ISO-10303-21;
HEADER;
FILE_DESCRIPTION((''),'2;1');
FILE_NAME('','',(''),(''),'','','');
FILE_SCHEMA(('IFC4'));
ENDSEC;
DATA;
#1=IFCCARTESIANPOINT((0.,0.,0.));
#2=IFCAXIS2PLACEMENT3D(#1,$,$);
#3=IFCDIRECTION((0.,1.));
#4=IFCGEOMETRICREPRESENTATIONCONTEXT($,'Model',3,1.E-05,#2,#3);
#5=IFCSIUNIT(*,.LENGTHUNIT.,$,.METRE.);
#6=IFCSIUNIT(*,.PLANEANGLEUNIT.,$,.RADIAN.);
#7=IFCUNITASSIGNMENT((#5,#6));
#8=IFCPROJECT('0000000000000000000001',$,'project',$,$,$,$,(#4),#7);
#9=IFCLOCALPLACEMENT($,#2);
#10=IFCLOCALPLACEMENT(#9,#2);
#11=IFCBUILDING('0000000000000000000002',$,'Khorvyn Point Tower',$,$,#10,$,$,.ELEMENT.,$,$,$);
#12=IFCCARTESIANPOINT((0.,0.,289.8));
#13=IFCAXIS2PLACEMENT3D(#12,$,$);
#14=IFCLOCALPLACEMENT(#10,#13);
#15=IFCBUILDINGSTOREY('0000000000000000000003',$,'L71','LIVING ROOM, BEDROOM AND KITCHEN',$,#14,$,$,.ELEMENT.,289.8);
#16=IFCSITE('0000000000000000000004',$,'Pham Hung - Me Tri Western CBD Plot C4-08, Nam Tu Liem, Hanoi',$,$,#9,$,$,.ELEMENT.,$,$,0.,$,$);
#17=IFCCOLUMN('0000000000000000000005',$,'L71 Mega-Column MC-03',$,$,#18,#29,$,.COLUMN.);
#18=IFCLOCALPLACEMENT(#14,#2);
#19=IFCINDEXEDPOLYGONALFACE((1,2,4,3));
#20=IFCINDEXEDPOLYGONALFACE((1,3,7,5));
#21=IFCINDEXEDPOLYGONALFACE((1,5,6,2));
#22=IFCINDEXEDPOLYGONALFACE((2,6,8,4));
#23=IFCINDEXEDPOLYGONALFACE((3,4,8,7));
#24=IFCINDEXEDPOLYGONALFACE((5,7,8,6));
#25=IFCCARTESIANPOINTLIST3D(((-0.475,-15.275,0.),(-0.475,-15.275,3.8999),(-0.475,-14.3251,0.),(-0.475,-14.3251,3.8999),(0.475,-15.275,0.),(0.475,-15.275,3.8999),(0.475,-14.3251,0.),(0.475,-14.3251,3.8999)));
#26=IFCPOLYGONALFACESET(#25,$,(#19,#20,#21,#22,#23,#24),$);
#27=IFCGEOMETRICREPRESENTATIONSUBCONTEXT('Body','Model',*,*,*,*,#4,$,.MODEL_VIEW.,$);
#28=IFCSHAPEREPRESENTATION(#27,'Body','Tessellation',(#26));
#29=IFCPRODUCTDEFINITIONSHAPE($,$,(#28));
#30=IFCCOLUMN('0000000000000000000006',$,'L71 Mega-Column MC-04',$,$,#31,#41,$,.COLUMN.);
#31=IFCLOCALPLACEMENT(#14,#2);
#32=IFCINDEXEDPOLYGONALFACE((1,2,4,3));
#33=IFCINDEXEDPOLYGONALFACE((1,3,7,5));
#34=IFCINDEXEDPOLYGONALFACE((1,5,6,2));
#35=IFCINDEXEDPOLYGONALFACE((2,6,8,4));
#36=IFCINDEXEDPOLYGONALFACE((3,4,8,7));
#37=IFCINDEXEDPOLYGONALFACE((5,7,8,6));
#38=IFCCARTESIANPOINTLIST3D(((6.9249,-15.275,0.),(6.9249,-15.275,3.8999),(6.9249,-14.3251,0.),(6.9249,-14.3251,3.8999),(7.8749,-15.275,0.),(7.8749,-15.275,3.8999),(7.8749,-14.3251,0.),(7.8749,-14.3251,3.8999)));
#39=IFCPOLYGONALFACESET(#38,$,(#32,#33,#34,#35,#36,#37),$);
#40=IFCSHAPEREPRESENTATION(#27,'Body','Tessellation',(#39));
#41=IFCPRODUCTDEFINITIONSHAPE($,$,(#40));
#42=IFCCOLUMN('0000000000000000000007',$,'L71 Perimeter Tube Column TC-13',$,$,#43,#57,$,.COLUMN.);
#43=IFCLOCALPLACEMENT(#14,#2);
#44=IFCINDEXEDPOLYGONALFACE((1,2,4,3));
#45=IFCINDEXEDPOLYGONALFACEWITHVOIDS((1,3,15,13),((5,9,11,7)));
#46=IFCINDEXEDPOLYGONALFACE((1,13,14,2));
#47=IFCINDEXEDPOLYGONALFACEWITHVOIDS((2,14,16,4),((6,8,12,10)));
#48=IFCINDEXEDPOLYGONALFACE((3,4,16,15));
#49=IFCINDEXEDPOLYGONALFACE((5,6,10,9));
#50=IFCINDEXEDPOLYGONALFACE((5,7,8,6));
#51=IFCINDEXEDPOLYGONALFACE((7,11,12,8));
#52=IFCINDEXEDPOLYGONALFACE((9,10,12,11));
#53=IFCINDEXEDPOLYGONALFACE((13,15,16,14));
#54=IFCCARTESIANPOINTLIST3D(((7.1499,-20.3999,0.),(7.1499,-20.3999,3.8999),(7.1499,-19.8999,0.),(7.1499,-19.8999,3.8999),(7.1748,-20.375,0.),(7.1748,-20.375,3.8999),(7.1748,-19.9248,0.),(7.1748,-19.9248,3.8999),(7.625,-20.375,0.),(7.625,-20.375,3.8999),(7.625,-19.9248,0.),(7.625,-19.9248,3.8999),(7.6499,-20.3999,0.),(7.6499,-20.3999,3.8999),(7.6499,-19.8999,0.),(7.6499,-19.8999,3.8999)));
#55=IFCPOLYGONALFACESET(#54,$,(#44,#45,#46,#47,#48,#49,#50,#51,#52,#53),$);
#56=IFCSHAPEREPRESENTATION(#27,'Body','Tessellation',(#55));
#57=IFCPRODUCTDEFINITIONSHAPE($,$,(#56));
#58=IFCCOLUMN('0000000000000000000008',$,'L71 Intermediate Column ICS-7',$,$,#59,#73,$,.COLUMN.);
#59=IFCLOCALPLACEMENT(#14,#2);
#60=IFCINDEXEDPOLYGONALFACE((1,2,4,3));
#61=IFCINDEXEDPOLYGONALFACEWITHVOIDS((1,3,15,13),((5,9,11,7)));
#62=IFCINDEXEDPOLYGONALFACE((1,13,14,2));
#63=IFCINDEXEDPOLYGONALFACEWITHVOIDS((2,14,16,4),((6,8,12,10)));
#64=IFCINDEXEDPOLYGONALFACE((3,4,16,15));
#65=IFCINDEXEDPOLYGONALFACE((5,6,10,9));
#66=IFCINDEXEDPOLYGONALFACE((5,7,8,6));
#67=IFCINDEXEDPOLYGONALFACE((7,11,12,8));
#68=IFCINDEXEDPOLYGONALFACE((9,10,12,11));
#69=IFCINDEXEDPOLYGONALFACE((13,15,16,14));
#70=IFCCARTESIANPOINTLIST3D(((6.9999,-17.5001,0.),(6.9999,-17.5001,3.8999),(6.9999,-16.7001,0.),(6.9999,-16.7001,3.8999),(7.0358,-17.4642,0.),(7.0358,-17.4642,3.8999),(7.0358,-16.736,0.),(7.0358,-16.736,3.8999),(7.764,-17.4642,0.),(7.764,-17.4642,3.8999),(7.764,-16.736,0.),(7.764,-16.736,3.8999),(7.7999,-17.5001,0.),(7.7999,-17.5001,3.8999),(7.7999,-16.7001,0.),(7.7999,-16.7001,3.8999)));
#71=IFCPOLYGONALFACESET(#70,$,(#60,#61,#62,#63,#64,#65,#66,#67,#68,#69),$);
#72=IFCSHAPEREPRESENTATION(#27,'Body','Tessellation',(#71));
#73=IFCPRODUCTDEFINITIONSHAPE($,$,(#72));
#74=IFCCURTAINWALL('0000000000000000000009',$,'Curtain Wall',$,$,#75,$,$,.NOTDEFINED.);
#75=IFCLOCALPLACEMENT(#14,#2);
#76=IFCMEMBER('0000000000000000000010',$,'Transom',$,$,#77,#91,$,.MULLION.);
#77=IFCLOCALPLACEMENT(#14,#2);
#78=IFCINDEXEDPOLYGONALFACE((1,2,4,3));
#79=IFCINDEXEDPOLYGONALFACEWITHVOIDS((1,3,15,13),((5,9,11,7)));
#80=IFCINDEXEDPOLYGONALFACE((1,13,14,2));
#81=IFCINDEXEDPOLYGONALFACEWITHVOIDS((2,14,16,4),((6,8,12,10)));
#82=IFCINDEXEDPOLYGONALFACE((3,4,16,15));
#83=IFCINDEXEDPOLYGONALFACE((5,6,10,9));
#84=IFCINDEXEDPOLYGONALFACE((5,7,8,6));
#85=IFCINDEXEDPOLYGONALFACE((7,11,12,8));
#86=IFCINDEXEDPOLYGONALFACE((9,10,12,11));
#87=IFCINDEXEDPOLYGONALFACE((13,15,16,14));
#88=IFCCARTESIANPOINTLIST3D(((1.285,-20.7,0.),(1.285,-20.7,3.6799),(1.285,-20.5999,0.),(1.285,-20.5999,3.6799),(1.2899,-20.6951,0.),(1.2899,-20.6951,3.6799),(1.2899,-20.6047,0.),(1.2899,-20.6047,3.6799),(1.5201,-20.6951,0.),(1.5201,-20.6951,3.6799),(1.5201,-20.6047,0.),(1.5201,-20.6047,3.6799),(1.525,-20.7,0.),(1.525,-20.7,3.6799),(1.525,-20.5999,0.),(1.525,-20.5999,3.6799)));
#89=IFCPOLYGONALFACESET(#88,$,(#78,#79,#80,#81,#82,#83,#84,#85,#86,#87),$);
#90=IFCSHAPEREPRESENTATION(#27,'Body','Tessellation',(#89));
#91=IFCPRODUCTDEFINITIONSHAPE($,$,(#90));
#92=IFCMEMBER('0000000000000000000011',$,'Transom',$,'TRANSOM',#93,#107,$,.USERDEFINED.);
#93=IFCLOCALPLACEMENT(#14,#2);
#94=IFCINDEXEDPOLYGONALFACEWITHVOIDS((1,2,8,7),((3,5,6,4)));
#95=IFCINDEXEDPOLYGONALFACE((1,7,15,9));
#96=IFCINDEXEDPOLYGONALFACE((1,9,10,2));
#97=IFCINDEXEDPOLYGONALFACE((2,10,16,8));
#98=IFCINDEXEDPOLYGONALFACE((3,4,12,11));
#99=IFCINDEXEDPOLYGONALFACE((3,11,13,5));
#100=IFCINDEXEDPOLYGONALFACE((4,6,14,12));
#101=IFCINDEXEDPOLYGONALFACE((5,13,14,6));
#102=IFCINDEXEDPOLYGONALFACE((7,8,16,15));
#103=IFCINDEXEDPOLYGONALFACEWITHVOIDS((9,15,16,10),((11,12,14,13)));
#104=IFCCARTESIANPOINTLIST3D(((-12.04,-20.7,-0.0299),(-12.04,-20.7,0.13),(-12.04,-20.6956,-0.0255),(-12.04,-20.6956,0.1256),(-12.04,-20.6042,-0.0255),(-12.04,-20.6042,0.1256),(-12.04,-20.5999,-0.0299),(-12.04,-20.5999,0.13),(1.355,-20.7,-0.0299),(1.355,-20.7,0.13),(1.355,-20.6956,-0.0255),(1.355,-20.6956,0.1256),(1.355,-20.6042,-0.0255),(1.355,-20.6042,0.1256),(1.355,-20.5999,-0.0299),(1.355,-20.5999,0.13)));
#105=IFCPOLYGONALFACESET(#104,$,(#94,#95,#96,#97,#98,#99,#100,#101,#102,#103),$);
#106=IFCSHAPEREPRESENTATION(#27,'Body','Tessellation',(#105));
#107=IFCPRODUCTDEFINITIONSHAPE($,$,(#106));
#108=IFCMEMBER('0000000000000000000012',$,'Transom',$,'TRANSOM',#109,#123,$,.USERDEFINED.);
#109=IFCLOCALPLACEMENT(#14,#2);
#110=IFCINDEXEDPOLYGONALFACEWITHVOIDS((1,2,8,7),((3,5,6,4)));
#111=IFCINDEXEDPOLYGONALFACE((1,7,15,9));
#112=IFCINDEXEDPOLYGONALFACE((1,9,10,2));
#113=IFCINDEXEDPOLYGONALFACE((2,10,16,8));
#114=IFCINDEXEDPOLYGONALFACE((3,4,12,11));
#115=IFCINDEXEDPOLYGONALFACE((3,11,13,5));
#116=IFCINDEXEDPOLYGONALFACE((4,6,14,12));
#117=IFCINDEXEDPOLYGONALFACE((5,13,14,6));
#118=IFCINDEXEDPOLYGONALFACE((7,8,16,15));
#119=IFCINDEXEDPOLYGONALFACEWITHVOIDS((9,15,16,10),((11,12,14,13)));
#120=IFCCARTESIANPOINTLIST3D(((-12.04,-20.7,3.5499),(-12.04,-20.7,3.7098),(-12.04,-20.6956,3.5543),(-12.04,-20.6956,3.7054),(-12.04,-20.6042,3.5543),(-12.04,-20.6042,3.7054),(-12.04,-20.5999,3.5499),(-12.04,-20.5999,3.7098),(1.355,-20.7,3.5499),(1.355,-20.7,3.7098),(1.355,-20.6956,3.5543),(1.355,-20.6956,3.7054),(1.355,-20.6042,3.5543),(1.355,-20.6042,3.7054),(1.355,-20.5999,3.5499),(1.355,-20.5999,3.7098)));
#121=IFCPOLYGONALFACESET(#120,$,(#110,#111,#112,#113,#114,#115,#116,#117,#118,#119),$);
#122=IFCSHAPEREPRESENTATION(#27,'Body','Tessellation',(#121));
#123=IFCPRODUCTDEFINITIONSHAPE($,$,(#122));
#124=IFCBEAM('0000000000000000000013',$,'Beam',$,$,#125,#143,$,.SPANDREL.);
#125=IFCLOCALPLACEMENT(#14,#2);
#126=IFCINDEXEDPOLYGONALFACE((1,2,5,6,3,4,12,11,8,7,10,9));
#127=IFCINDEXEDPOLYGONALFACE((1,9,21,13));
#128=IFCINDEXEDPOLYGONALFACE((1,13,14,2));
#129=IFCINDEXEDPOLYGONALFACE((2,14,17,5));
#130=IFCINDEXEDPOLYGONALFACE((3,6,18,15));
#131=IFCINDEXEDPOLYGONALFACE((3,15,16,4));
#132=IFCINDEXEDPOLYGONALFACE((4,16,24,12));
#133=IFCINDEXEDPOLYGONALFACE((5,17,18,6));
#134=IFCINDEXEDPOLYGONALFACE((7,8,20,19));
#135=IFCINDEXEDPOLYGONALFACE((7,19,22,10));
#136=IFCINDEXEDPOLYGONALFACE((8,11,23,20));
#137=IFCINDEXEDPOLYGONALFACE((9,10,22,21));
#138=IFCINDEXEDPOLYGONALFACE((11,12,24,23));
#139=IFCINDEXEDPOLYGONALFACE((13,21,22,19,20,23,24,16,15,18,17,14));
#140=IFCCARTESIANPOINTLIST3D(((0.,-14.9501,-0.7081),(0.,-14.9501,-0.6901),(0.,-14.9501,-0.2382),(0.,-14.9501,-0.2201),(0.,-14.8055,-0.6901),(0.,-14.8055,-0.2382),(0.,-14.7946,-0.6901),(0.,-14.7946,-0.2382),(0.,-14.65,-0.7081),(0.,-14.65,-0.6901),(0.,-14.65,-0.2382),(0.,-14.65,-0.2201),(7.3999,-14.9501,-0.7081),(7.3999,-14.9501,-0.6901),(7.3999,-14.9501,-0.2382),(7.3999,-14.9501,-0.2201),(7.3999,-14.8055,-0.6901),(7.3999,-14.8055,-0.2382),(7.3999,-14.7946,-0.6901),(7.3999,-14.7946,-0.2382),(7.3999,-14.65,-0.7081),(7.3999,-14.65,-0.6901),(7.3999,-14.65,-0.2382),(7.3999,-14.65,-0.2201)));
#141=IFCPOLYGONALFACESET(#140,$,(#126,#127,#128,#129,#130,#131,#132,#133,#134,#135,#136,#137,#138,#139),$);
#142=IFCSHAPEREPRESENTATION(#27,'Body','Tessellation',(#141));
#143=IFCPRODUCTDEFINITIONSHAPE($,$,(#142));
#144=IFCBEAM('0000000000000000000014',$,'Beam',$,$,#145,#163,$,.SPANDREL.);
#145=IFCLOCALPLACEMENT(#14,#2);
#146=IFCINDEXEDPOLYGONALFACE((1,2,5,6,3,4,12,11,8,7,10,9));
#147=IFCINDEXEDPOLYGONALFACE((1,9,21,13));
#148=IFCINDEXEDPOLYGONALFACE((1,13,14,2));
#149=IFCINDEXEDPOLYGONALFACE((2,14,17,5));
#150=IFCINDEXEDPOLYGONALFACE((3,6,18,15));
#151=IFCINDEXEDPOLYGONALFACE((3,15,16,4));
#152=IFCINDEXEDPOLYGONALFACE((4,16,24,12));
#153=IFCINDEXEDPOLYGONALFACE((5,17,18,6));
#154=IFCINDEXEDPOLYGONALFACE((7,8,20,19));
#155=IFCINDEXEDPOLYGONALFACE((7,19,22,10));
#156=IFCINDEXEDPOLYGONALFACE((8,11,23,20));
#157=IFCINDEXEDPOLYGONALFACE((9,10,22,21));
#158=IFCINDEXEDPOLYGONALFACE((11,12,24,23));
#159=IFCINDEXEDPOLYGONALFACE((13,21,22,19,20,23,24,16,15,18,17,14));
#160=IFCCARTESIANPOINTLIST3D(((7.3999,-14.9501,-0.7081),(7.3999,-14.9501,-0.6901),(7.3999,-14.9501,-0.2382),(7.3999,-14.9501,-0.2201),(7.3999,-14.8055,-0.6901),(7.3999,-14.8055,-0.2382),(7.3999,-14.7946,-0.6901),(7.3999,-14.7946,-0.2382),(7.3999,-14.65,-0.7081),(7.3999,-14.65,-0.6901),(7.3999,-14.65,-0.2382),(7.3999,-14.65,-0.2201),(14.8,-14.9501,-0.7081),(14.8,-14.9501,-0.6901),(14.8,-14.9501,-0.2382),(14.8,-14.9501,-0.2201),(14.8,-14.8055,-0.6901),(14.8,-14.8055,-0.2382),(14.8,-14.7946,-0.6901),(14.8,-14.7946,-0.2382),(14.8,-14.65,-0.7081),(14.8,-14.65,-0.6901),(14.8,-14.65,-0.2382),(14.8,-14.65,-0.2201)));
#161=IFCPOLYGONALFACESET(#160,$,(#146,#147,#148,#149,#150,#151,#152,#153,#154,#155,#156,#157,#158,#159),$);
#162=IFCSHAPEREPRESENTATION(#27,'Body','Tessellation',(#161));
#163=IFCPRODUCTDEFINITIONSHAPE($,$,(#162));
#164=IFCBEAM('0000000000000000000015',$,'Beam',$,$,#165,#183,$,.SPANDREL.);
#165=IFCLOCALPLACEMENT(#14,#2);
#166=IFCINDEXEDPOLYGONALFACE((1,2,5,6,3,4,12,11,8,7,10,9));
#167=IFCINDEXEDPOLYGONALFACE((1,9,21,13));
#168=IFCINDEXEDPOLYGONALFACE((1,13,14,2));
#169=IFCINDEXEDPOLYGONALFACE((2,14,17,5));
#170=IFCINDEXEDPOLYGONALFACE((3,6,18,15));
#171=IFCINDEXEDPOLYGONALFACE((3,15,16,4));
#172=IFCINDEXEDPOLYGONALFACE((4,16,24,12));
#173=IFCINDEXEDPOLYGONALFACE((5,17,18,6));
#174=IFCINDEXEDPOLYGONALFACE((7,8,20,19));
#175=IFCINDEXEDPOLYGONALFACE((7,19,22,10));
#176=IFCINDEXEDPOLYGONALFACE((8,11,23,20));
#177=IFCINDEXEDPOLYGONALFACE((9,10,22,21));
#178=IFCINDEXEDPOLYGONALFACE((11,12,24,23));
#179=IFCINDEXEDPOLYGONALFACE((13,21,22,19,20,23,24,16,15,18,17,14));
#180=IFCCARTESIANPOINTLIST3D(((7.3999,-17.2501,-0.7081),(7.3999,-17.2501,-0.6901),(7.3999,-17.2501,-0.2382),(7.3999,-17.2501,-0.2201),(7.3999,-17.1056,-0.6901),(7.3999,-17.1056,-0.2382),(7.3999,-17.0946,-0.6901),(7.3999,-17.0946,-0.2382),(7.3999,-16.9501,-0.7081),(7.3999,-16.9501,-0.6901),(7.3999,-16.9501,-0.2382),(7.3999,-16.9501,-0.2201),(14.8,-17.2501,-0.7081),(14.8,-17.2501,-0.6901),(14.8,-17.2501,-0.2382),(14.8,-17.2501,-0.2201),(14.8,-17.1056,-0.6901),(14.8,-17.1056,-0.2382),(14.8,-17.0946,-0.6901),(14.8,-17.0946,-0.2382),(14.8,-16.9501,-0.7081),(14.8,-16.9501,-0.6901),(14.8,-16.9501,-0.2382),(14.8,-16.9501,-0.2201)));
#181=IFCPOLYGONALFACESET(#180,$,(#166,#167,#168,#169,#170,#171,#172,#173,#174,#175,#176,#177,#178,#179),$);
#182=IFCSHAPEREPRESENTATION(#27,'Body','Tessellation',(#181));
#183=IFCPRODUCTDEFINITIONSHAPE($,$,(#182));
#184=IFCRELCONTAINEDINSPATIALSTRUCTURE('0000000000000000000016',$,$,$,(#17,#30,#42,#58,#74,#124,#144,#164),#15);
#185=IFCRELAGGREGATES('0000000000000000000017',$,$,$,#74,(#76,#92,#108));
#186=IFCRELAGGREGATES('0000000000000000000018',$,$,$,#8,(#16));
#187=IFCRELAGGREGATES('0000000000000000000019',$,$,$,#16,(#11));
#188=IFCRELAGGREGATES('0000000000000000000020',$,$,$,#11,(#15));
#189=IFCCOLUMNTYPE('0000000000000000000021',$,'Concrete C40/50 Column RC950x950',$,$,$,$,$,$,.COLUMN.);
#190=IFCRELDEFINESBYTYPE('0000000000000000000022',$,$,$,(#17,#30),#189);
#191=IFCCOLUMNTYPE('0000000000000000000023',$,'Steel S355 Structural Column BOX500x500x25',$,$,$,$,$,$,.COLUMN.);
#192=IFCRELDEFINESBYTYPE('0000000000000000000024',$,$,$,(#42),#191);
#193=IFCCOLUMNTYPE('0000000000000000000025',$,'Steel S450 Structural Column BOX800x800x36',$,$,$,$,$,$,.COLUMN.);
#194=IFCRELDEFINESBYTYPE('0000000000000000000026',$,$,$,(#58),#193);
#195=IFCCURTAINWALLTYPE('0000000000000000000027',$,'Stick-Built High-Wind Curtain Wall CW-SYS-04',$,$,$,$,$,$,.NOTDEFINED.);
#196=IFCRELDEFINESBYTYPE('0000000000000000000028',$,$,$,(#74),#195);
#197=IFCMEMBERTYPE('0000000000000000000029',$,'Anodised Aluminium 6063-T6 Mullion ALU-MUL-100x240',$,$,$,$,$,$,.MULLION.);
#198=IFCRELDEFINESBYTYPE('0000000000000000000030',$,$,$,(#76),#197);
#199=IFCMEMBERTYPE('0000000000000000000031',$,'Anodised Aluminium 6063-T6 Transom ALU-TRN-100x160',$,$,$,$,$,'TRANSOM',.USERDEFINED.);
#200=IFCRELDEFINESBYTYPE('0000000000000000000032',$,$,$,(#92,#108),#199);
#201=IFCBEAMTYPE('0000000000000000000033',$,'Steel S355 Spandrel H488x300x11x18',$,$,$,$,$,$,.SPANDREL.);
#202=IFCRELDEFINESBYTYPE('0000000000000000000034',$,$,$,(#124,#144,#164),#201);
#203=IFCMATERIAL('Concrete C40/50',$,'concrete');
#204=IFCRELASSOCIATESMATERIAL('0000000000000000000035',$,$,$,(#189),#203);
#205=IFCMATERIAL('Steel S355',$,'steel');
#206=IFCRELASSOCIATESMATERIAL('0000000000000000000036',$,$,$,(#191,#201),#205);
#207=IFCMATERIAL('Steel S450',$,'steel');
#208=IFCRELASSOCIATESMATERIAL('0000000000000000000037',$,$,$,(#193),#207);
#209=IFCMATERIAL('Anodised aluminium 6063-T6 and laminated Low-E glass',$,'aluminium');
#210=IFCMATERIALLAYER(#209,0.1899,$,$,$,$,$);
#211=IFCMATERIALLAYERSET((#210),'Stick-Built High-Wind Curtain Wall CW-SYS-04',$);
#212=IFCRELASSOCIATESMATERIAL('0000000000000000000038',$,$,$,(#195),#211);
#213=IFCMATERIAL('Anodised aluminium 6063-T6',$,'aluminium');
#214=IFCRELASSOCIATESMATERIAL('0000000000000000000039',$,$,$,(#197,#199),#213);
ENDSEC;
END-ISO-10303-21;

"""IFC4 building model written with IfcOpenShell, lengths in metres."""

from ifc_helpers import new_model, si_unit, direction, frame, origin, origin_2d, place, context, subcontext, project, spatial, rectangle, hollow_rectangle, i_section, extrude, material, layer, layer_set, material_profile, profile_set, type_object, element, aggregate, save


model = new_model("IFC4")

# Units and contexts
model_context = context("Model", 3, precision=1e-05, world=origin(), true_north=direction((0.0, 1.0)))
body_context = subcontext(model_context, "Body", "Model", "MODEL_VIEW")
ifc_project = project(units=[si_unit("LENGTHUNIT", "METRE"), si_unit("PLANEANGLEUNIT", "RADIAN")], contexts=[model_context])

# Site, building, storey
site_placement = place(None, origin())
site = spatial("IfcSite", under=ifc_project, at=site_placement, Name="Pham Hung - Me Tri Western CBD Plot C4-08, Nam Tu Liem, Hanoi", CompositionType="ELEMENT", RefElevation=0.0)
building_placement = place(site_placement, origin())
building = spatial("IfcBuilding", under=site, at=building_placement, Name="Khorvyn Point Tower", CompositionType="ELEMENT")
storey_placement = place(building_placement, frame((0.0, 0.0, 289.8)))
storey = spatial("IfcBuildingStorey", under=building, at=storey_placement, Name="L71", Description="LIVING ROOM, BEDROOM AND KITCHEN", CompositionType="ELEMENT", Elevation=289.8)

# Columns
ifc_material_1 = material(Name="Concrete C40/50", Category="concrete")
ifc_material_profile_1 = material_profile(ifc_material_1, rectangle(XDim=0.95, YDim=0.95, at=origin_2d()))
ifc_profile_set_1 = profile_set([ifc_material_profile_1], Name="Concrete C40/50 RC950x950")
column_type_1 = type_object("IfcColumnType", Name="Concrete C40/50 Column RC950x950", PredefinedType="COLUMN", material=ifc_profile_set_1)
for number, where, z_axis, x_axis, name in (
    (1, (0.0, -14.8, 0.0), (0.0, 0.0, 1.0), (1.0, 0.0, 0.0), "L71 Mega-Column MC-03"),
    (2, (7.3999, -14.8, 0.0), (0.0, 0.0, 1.0), (1.0, 0.0, 0.0), "L71 Mega-Column MC-04"),
):
    element("IfcColumn", number, at=place(storey_placement, frame(where, z_axis=z_axis, x_axis=x_axis)), inside=storey, type_object=column_type_1, Name=name, PredefinedType="COLUMN", context=body_context, shape_type="SweptSolid", body=[
        extrude(rectangle(XDim=0.95, YDim=0.95, at=origin_2d()), origin(), (0.0, 0.0, 1.0), 3.8999),
    ])
ifc_material_2 = material(Name="Steel S355", Category="steel")
ifc_material_profile_2 = material_profile(ifc_material_2, hollow_rectangle(XDim=0.5, YDim=0.5, WallThickness=0.0249, at=origin_2d()))
ifc_profile_set_2 = profile_set([ifc_material_profile_2], Name="Steel S355 BOX500x500x25")
column_type_2 = type_object("IfcColumnType", Name="Steel S355 Structural Column BOX500x500x25", PredefinedType="COLUMN", material=ifc_profile_set_2)
column_1_placement = place(storey_placement, frame((7.3999, -20.1499, 0.0), z_axis=(0.0, 0.0, 1.0), x_axis=(1.0, 0.0, 0.0)))
element("IfcColumn", 3, at=column_1_placement, inside=storey, type_object=column_type_2, Name="L71 Perimeter Tube Column TC-13", PredefinedType="COLUMN", context=body_context, shape_type="SweptSolid", body=[
    extrude(hollow_rectangle(XDim=0.5, YDim=0.5, WallThickness=0.0249, at=origin_2d()), origin(), (0.0, 0.0, 1.0), 3.8999),
])
ifc_material_3 = material(Name="Steel S450", Category="steel")
ifc_material_profile_3 = material_profile(ifc_material_3, hollow_rectangle(XDim=0.8, YDim=0.8, WallThickness=0.0359, at=origin_2d()))
ifc_profile_set_3 = profile_set([ifc_material_profile_3], Name="Steel S450 BOX800x800x36")
column_type_3 = type_object("IfcColumnType", Name="Steel S450 Structural Column BOX800x800x36", PredefinedType="COLUMN", material=ifc_profile_set_3)
column_2_placement = place(storey_placement, frame((7.3999, -17.1001, 0.0), z_axis=(0.0, 0.0, 1.0), x_axis=(1.0, 0.0, 0.0)))
element("IfcColumn", 4, at=column_2_placement, inside=storey, type_object=column_type_3, Name="L71 Intermediate Column ICS-7", PredefinedType="COLUMN", context=body_context, shape_type="SweptSolid", body=[
    extrude(hollow_rectangle(XDim=0.8, YDim=0.8, WallThickness=0.0359, at=origin_2d()), origin(), (0.0, 0.0, 1.0), 3.8999),
])

# Curtain wall, members
ifc_material_4 = material(Name="Anodised aluminium 6063-T6 and laminated Low-E glass", Category="aluminium")
ifc_layer_1 = layer(ifc_material_4, 0.1899)
ifc_layer_set_1 = layer_set([ifc_layer_1], Name="Stick-Built High-Wind Curtain Wall CW-SYS-04")
curtain_wall_type = type_object("IfcCurtainWallType", Name="Stick-Built High-Wind Curtain Wall CW-SYS-04", PredefinedType="NOTDEFINED", material=ifc_layer_set_1)
curtain_wall_placement = place(storey_placement, origin())
curtain_wall = element("IfcCurtainWall", 5, at=curtain_wall_placement, inside=storey, type_object=curtain_wall_type, Name="Curtain Wall", PredefinedType="NOTDEFINED")
ifc_material_5 = material(Name="Anodised aluminium 6063-T6", Category="aluminium")
ifc_material_profile_4 = material_profile(ifc_material_5, hollow_rectangle(XDim=0.1001, YDim=0.24, WallThickness=0.0049, at=origin_2d()))
ifc_profile_set_4 = profile_set([ifc_material_profile_4], Name="Anodised aluminium 6063-T6 ALU-MUL-100x240")
member_type_1 = type_object("IfcMemberType", Name="Anodised Aluminium 6063-T6 Mullion ALU-MUL-100x240", PredefinedType="MULLION", material=ifc_profile_set_4)
member_1_placement = place(storey_placement, frame((1.405, -20.6499, 0.0), z_axis=(0.0, 0.0, 1.0), x_axis=(0.0, -1.0, 0.0)))
member_1 = element("IfcMember", 6, at=member_1_placement, type_object=member_type_1, Name="Transom", PredefinedType="MULLION", context=body_context, shape_type="SweptSolid", body=[
    extrude(hollow_rectangle(XDim=0.1001, YDim=0.24, WallThickness=0.0049, at=origin_2d()), origin(), (0.0, 0.0, 1.0), 3.6799),
])
ifc_material_profile_5 = material_profile(ifc_material_5, hollow_rectangle(XDim=0.1001, YDim=0.1599, WallThickness=0.0044, at=origin_2d()))
ifc_profile_set_5 = profile_set([ifc_material_profile_5], Name="Anodised aluminium 6063-T6 ALU-TRN-100x160")
member_type_2 = type_object("IfcMemberType", Name="Anodised Aluminium 6063-T6 Transom ALU-TRN-100x160", ElementType="TRANSOM", PredefinedType="USERDEFINED", material=ifc_profile_set_5)
member_2_placement = place(storey_placement, frame((1.355, -20.6499, 0.05), z_axis=(-1.0, 0.0, 0.0), x_axis=(0.0, -1.0, 0.0)))
member_2 = element("IfcMember", 7, at=member_2_placement, type_object=member_type_2, Name="Transom", ObjectType="TRANSOM", PredefinedType="USERDEFINED", context=body_context, shape_type="SweptSolid", body=[
    extrude(hollow_rectangle(XDim=0.1001, YDim=0.1599, WallThickness=0.0044, at=origin_2d()), origin(), (0.0, 0.0, 1.0), 13.395),
])
member_3_placement = place(storey_placement, frame((1.355, -20.6499, 3.6299), z_axis=(-1.0, 0.0, 0.0), x_axis=(0.0, -1.0, 0.0)))
member_3 = element("IfcMember", 8, at=member_3_placement, type_object=member_type_2, Name="Transom", ObjectType="TRANSOM", PredefinedType="USERDEFINED", context=body_context, shape_type="SweptSolid", body=[
    extrude(hollow_rectangle(XDim=0.1001, YDim=0.1599, WallThickness=0.0044, at=origin_2d()), origin(), (0.0, 0.0, 1.0), 13.395),
])

# Beams
ifc_material_profile_6 = material_profile(ifc_material_2, i_section(OverallWidth=0.3, OverallDepth=0.488, WebThickness=0.011, FlangeThickness=0.0181, at=origin_2d()))
ifc_profile_set_6 = profile_set([ifc_material_profile_6], Name="Steel S355 H488x300x11x18")
beam_type_1 = type_object("IfcBeamType", Name="Steel S355 Spandrel H488x300x11x18", PredefinedType="SPANDREL", material=ifc_profile_set_6)
beam_1_placement = place(storey_placement, frame((0.0, -14.8, -0.4641), z_axis=(1.0, 0.0, 0.0), x_axis=(0.0, 1.0, 0.0)))
element("IfcBeam", 9, at=beam_1_placement, inside=storey, type_object=beam_type_1, Name="Beam", PredefinedType="SPANDREL", context=body_context, shape_type="SweptSolid", body=[
    extrude(i_section(OverallWidth=0.3, OverallDepth=0.488, WebThickness=0.011, FlangeThickness=0.0181, at=origin_2d()), origin(), (0.0, 0.0, 1.0), 7.3999),
])
for number, where, z_axis, x_axis, name in (
    (10, (7.3999, -14.8, -0.4641), (1.0, 0.0, 0.0), (0.0, 1.0, 0.0), "Beam"),
    (11, (7.3999, -17.1001, -0.4641), (1.0, 0.0, 0.0), (0.0, 1.0, 0.0), "Beam"),
):
    element("IfcBeam", number, at=place(storey_placement, frame(where, z_axis=z_axis, x_axis=x_axis)), inside=storey, type_object=beam_type_1, Name=name, PredefinedType="SPANDREL", context=body_context, shape_type="SweptSolid", body=[
        extrude(i_section(OverallWidth=0.3, OverallDepth=0.488, WebThickness=0.011, FlangeThickness=0.0181, at=origin_2d()), origin(), (0.0, 0.0, 1.0), 7.4001),
    ])

aggregate(curtain_wall, [member_1, member_2, member_3])

save(model, "model.ifc")
